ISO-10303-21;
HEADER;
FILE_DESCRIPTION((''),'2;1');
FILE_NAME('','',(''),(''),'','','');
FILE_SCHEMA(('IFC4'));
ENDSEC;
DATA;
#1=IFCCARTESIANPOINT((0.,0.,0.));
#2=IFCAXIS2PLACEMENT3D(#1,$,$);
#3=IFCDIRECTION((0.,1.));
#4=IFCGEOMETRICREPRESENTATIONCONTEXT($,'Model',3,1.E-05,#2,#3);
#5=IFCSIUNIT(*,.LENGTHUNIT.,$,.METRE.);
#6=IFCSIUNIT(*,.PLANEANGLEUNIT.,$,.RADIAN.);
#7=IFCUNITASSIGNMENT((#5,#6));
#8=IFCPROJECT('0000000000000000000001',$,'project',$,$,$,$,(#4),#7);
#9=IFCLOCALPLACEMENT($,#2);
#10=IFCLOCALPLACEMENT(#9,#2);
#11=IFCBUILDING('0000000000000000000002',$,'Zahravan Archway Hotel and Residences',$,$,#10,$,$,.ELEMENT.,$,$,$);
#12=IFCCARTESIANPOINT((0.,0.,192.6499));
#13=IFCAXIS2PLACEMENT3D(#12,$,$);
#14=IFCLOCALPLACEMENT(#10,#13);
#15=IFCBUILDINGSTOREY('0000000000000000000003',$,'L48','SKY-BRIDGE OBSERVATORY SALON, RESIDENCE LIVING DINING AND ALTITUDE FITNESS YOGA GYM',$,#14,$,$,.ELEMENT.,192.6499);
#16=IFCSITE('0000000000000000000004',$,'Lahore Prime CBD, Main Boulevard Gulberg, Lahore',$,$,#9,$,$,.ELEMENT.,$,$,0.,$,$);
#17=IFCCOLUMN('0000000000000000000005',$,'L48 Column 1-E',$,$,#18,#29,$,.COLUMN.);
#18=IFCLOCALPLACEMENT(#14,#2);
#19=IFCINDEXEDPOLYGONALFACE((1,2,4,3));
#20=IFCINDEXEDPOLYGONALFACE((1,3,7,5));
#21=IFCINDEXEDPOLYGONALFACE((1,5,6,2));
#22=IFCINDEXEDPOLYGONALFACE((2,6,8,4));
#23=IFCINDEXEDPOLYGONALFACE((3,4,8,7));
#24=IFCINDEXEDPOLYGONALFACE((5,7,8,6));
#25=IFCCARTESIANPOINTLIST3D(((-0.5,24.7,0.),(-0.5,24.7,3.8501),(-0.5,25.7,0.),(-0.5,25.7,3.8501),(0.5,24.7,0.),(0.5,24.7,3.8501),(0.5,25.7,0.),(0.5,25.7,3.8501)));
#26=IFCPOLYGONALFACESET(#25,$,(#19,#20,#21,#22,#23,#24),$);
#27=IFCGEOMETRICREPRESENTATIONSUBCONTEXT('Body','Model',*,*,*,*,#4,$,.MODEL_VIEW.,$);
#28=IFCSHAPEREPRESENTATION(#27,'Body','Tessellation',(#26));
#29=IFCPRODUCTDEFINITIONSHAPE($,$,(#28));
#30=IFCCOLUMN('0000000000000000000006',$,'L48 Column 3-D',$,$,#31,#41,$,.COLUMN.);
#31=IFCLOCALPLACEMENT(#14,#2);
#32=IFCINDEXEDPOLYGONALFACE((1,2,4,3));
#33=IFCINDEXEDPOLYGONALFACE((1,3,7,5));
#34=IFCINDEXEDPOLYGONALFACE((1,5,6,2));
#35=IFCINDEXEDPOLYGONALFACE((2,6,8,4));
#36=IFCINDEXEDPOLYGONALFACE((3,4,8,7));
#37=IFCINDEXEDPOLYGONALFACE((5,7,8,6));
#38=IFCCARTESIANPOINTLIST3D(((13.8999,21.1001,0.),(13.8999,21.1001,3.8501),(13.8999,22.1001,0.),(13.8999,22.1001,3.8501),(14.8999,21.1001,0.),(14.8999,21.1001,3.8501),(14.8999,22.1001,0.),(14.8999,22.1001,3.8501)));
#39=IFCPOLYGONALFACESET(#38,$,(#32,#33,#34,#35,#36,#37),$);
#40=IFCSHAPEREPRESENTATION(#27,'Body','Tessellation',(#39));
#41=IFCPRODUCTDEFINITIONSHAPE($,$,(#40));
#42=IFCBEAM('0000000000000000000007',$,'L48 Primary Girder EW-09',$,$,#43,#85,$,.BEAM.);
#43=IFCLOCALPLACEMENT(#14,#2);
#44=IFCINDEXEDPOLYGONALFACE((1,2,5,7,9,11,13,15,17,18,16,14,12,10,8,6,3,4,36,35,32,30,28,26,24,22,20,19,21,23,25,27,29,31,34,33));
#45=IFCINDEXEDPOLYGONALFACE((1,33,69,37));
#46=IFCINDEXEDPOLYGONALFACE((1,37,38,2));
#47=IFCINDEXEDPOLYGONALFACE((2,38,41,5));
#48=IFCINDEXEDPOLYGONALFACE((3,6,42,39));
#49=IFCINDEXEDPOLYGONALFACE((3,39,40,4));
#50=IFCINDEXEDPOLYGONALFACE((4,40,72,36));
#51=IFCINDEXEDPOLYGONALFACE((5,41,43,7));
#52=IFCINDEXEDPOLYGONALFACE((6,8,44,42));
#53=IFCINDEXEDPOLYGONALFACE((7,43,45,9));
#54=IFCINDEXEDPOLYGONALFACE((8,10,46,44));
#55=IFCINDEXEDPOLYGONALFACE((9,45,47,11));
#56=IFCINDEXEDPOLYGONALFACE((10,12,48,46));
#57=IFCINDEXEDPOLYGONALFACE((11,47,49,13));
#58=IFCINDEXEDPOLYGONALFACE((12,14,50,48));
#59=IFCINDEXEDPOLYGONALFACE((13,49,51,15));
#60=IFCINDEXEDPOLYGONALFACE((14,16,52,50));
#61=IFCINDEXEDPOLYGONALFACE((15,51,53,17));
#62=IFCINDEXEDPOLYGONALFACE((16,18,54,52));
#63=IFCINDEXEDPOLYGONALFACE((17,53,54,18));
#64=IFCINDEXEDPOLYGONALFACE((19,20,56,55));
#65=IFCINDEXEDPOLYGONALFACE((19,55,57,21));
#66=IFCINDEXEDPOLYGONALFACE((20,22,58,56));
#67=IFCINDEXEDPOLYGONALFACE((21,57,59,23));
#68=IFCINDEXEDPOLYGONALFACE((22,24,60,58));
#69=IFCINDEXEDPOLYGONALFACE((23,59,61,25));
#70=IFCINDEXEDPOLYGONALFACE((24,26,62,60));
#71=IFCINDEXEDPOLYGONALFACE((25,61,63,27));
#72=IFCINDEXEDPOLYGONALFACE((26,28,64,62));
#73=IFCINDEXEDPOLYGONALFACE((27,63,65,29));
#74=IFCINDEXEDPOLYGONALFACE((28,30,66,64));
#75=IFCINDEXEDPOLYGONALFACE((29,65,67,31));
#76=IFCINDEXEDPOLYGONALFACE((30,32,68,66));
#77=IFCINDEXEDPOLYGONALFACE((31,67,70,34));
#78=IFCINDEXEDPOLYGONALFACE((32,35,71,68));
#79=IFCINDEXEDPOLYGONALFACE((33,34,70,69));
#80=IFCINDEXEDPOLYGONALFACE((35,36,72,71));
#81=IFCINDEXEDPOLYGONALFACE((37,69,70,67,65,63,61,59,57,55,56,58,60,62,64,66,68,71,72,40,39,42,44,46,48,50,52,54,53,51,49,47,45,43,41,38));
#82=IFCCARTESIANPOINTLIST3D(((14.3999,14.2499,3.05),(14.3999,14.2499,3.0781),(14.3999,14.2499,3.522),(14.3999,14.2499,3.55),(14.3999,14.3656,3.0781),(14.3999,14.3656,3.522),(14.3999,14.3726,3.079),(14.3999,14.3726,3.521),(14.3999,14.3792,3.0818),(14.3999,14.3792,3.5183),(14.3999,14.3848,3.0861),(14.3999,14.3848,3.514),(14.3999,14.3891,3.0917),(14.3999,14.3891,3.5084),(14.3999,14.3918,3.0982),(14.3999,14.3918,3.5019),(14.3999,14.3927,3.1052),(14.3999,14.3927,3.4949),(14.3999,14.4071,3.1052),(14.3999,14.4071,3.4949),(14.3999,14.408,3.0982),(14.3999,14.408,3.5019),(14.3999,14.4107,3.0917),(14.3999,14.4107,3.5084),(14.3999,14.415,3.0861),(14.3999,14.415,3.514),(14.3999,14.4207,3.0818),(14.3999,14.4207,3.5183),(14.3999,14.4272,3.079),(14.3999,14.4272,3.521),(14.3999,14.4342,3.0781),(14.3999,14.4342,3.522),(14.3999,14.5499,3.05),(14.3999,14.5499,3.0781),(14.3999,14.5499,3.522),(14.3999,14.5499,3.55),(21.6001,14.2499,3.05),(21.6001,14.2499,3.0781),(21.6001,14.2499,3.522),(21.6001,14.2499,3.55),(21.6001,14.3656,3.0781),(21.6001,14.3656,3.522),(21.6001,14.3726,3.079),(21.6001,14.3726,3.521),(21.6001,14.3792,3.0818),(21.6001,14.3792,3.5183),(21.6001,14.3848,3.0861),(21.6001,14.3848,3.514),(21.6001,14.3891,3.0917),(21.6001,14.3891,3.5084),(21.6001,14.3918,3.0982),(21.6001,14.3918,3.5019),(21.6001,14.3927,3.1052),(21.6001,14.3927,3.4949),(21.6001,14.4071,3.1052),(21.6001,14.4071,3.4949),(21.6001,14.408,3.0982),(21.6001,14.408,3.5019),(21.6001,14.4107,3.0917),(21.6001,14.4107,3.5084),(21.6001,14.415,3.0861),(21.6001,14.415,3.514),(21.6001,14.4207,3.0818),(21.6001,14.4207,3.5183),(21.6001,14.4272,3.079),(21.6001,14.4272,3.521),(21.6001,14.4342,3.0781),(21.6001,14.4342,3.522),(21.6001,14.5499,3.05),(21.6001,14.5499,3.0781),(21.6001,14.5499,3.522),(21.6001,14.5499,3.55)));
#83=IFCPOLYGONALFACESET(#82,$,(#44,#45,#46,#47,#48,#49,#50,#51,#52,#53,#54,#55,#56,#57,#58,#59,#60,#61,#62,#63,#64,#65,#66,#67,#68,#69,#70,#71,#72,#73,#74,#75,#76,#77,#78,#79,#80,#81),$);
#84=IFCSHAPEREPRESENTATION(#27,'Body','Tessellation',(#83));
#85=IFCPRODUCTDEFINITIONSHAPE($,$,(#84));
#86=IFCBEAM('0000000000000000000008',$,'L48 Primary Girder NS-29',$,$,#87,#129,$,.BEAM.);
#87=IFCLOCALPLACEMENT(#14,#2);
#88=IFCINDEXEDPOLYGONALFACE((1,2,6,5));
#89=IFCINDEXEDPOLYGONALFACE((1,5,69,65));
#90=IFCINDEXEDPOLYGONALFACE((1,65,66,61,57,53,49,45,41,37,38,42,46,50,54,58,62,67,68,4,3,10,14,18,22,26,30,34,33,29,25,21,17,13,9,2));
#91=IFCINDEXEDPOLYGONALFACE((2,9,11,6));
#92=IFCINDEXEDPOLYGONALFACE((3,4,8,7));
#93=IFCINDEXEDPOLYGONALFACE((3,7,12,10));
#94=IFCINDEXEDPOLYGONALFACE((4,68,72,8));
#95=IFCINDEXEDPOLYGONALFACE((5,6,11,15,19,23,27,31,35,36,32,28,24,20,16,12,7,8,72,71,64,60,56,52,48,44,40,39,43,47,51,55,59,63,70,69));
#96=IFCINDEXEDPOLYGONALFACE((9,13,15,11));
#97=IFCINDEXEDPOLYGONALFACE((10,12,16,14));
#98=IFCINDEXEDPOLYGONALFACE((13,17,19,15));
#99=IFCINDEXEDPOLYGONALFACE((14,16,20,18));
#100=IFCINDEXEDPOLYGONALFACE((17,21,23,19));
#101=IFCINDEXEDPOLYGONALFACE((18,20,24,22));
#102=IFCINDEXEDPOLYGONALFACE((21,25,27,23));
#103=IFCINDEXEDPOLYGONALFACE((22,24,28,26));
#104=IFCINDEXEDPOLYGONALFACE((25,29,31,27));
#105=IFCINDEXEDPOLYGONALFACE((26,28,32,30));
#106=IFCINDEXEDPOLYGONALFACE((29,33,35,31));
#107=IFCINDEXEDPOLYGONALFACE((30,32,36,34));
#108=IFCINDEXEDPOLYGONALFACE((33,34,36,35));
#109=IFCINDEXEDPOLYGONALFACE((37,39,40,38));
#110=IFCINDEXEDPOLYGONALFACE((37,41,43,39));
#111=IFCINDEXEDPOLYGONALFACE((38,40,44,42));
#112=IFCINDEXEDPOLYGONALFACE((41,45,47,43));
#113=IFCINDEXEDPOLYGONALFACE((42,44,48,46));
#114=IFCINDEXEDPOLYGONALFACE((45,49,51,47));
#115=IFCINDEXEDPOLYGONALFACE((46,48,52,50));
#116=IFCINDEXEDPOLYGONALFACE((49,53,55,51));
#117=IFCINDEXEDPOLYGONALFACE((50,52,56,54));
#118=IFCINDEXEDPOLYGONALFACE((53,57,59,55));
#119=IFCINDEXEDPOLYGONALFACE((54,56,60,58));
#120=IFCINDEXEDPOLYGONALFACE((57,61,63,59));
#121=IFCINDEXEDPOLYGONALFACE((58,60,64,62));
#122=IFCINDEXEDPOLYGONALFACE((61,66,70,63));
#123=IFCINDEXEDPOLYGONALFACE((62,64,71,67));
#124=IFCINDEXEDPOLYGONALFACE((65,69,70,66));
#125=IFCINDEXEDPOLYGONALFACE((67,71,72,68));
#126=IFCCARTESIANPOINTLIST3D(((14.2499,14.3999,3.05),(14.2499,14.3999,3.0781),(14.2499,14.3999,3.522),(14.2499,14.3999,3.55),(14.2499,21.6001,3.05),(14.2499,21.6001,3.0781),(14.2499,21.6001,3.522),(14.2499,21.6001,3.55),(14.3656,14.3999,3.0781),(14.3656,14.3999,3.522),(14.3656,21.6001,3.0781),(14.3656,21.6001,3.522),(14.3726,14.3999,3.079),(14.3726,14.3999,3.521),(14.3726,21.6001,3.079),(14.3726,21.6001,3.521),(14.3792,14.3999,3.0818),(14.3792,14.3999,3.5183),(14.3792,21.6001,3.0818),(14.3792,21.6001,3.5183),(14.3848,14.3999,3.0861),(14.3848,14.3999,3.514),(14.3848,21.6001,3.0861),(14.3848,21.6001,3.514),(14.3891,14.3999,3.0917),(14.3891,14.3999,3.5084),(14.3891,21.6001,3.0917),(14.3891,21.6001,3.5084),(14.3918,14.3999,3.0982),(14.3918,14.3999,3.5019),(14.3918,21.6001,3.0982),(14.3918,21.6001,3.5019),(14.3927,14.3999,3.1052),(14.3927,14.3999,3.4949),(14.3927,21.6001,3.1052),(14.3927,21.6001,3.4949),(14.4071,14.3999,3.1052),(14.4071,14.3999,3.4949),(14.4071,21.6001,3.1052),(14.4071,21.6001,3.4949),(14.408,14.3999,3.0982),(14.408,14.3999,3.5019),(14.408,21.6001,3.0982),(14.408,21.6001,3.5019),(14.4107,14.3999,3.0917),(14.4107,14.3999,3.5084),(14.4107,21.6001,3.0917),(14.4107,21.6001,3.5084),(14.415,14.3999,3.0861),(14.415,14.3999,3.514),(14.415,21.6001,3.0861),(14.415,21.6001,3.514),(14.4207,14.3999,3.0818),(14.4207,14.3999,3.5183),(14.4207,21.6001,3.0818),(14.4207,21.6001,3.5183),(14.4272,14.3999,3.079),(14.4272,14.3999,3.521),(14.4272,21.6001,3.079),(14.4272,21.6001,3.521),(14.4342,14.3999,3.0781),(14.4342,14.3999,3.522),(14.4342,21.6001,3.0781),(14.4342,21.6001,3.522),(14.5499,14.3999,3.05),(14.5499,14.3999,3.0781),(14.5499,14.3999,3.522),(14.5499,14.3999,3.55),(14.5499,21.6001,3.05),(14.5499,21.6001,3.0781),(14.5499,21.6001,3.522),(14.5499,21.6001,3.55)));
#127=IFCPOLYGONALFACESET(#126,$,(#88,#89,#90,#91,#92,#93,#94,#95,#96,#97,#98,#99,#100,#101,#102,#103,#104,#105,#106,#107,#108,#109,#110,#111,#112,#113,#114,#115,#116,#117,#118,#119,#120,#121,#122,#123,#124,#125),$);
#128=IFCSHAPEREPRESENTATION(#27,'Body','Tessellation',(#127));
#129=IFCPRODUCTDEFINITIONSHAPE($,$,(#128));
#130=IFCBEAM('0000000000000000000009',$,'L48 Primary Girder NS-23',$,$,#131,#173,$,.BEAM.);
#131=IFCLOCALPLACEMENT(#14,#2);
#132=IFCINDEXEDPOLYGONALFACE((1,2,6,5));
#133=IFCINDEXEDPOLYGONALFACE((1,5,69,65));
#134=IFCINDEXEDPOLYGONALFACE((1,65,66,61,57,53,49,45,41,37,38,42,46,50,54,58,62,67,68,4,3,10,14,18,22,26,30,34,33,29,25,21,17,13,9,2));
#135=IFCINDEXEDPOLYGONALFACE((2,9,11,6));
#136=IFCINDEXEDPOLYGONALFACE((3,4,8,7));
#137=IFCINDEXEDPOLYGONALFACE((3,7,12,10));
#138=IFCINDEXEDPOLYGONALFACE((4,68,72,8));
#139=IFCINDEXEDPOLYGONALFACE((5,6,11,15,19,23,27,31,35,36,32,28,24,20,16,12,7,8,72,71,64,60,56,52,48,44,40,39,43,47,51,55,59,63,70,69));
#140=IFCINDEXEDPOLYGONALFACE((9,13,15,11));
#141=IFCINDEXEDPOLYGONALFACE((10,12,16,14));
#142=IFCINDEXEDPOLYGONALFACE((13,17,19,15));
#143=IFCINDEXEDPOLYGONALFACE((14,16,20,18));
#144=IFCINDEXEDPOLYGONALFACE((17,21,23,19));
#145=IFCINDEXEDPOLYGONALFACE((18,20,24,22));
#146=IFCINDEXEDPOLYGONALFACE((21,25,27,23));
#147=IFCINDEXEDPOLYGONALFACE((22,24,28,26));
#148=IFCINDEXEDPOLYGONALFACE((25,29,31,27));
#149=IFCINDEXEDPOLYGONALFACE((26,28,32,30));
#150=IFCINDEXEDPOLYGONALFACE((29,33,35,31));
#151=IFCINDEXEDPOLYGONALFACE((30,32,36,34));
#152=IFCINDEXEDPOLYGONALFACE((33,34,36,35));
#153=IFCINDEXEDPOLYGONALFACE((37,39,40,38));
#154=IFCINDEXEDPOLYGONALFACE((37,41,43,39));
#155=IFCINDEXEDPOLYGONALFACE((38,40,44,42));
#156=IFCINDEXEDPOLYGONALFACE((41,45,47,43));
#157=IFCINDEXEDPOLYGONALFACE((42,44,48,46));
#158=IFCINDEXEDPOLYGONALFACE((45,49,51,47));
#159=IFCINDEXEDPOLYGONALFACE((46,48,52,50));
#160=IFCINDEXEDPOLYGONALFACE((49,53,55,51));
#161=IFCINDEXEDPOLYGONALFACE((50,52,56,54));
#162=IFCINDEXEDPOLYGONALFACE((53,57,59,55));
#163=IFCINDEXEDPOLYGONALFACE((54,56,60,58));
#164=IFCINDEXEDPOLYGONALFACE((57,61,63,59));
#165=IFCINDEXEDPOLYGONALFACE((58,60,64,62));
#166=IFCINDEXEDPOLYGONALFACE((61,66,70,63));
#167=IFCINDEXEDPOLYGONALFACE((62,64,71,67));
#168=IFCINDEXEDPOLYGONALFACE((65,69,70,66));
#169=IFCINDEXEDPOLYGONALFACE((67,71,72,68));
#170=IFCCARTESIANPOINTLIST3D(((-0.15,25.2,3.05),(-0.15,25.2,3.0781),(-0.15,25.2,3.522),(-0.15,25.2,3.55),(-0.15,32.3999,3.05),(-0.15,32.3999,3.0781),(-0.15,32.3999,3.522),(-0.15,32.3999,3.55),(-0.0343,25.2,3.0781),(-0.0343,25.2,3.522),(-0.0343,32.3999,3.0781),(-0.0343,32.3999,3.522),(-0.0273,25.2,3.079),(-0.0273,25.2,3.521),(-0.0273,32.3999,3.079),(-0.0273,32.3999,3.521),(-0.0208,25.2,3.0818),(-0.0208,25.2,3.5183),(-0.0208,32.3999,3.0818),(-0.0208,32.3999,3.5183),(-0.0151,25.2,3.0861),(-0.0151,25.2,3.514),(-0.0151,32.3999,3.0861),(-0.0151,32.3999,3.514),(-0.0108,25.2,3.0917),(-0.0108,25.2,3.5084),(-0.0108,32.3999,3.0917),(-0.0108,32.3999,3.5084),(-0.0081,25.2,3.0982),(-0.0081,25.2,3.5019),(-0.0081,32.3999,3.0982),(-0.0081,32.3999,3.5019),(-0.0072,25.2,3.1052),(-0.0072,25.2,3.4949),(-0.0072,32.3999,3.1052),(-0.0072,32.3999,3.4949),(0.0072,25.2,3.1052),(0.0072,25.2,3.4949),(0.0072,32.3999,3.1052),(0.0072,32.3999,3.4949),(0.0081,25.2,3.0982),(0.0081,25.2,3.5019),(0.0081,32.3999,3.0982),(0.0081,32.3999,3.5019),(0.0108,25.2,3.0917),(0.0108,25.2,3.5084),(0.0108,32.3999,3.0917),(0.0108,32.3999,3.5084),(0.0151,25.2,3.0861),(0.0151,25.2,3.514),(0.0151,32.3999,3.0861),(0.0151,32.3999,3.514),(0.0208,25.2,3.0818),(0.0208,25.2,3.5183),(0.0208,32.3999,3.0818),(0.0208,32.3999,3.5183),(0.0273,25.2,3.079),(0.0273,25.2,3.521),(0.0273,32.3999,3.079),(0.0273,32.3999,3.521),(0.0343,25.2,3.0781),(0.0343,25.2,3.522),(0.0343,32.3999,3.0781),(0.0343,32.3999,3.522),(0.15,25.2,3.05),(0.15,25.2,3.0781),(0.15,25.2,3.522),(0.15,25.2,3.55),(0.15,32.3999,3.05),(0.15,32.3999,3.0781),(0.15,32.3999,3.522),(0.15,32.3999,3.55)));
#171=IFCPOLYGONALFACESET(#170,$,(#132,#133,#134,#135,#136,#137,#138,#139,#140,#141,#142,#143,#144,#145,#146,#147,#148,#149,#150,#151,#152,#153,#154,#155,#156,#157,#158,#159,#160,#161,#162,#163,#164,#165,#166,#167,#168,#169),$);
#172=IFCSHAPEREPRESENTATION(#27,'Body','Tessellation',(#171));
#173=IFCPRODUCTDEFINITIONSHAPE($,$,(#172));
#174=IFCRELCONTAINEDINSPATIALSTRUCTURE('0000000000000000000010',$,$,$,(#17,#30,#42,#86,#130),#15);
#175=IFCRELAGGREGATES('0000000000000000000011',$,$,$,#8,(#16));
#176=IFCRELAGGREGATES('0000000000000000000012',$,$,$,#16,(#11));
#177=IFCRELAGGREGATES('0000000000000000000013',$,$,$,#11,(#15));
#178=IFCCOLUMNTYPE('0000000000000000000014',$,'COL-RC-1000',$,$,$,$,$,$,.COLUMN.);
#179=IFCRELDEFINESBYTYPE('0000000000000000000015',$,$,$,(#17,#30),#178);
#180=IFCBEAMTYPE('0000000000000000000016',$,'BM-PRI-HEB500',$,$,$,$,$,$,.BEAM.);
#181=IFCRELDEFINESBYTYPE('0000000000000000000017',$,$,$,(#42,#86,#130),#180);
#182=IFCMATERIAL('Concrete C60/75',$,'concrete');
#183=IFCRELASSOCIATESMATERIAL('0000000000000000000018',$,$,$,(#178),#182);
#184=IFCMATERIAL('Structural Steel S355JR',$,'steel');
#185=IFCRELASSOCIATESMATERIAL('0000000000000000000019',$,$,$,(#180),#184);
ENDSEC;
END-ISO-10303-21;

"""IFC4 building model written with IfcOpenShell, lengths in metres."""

from ifc_helpers import new_model, si_unit, direction, frame, origin, origin_2d, place, context, subcontext, project, spatial, rectangle, i_section, extrude, source, transform, mapped, material, material_profile, profile_set, type_object, type_shapes, element, save


model = new_model("IFC4")

# Units and contexts
model_context = context("Model", 3, precision=1e-05, world=origin(), true_north=direction((0.0, 1.0)))
body_context = subcontext(model_context, "Body", "Model", "MODEL_VIEW")
ifc_project = project(units=[si_unit("LENGTHUNIT", "METRE"), si_unit("PLANEANGLEUNIT", "RADIAN")], contexts=[model_context])

# Site, building, storey
site_placement = place(None, origin())
site = spatial("IfcSite", under=ifc_project, at=site_placement, Name="Lahore Prime CBD, Main Boulevard Gulberg, Lahore", CompositionType="ELEMENT", RefElevation=0.0)
building_placement = place(site_placement, origin())
building = spatial("IfcBuilding", under=site, at=building_placement, Name="Zahravan Archway Hotel and Residences", CompositionType="ELEMENT")
storey_placement = place(building_placement, frame((0.0, 0.0, 192.6499)))
storey = spatial("IfcBuildingStorey", under=building, at=storey_placement, Name="L48", Description="SKY-BRIDGE OBSERVATORY SALON, RESIDENCE LIVING DINING AND ALTITUDE FITNESS YOGA GYM", CompositionType="ELEMENT", Elevation=192.6499)

# Columns
ifc_material_1 = material(Name="Concrete C60/75", Category="concrete")
ifc_material_profile_1 = material_profile(ifc_material_1, rectangle(XDim=1.0, YDim=1.0, at=origin_2d()), Name="RC-COL-1000x1000", Category="concrete")
ifc_profile_set_1 = profile_set([ifc_material_profile_1], Name="Concrete C60/75")
column_type = type_object("IfcColumnType", Name="COL-RC-1000", PredefinedType="COLUMN", material=ifc_profile_set_1)
shared_shape_1 = source(origin(), body_context, "Body", "SweptSolid", [
    extrude(rectangle(XDim=1.0, YDim=1.0, at=origin_2d()), origin(), (0.0, 0.0, 1.0), 3.8501),
])
for number, where, z_axis, x_axis, name in (
    (1, (0.0, 25.2, 0.0), (0.0, 0.0, 1.0), (1.0, 0.0, 0.0), "L48 Column 1-E"),
    (2, (14.3999, 21.6001, 0.0), (0.0, 0.0, 1.0), (1.0, 0.0, 0.0), "L48 Column 3-D"),
):
    element("IfcColumn", number, at=place(storey_placement, frame(where, z_axis=z_axis, x_axis=x_axis)), inside=storey, type_object=column_type, Name=name, PredefinedType="COLUMN", context=body_context, shape_type="MappedRepresentation", body=[
        mapped(shared_shape_1, transform((0.0, 0.0, 0.0), scale=1.0)),
    ])

# Beams
ifc_material_2 = material(Name="Structural Steel S355JR", Category="steel")
ifc_material_profile_2 = material_profile(ifc_material_2, i_section(OverallWidth=0.3, OverallDepth=0.5, WebThickness=0.0144, FlangeThickness=0.0281, FilletRadius=0.0271, at=origin_2d()), Name="HEB 500", Category="steel")
ifc_profile_set_2 = profile_set([ifc_material_profile_2], Name="Structural Steel S355JR")
beam_type_1 = type_object("IfcBeamType", Name="BM-PRI-HEB500", PredefinedType="BEAM", material=ifc_profile_set_2)
shared_shape_2 = source(origin(), body_context, "Body", "SweptSolid", [
    extrude(i_section(OverallWidth=0.3, OverallDepth=0.5, WebThickness=0.0144, FlangeThickness=0.0281, FilletRadius=0.0271, at=origin_2d()), origin(), (0.0, 0.0, 1.0), 7.2002),
])
type_shapes(beam_type_1, [shared_shape_2])
for number, where, z_axis, x_axis, name in (
    (3, (14.3999, 14.3999, 3.3), (1.0, 0.0, 0.0), (0.0, 1.0, 0.0), "L48 Primary Girder EW-09"),
    (4, (14.3999, 14.3999, 3.3), (0.0, 1.0, 0.0), (-1.0, 0.0, 0.0), "L48 Primary Girder NS-29"),
):
    element("IfcBeam", number, at=place(storey_placement, frame(where, z_axis=z_axis, x_axis=x_axis)), inside=storey, type_object=beam_type_1, Name=name, PredefinedType="BEAM", context=body_context, shape_type="MappedRepresentation", body=[
        mapped(shared_shape_2, transform((0.0, 0.0, 0.0), scale=1.0)),
    ])
shared_shape_3 = source(origin(), body_context, "Body", "SweptSolid", [
    extrude(i_section(OverallWidth=0.3, OverallDepth=0.5, WebThickness=0.0144, FlangeThickness=0.0281, FilletRadius=0.0271, at=origin_2d()), origin(), (0.0, 0.0, 1.0), 7.2),
])
beam_1_placement = place(storey_placement, frame((0.0, 25.2, 3.3), z_axis=(0.0, 1.0, 0.0), x_axis=(-1.0, 0.0, 0.0)))
element("IfcBeam", 5, at=beam_1_placement, inside=storey, type_object=beam_type_1, Name="L48 Primary Girder NS-23", PredefinedType="BEAM", context=body_context, shape_type="MappedRepresentation", body=[
    mapped(shared_shape_3, transform((0.0, 0.0, 0.0), scale=1.0)),
])

save(model, "model.ifc")
